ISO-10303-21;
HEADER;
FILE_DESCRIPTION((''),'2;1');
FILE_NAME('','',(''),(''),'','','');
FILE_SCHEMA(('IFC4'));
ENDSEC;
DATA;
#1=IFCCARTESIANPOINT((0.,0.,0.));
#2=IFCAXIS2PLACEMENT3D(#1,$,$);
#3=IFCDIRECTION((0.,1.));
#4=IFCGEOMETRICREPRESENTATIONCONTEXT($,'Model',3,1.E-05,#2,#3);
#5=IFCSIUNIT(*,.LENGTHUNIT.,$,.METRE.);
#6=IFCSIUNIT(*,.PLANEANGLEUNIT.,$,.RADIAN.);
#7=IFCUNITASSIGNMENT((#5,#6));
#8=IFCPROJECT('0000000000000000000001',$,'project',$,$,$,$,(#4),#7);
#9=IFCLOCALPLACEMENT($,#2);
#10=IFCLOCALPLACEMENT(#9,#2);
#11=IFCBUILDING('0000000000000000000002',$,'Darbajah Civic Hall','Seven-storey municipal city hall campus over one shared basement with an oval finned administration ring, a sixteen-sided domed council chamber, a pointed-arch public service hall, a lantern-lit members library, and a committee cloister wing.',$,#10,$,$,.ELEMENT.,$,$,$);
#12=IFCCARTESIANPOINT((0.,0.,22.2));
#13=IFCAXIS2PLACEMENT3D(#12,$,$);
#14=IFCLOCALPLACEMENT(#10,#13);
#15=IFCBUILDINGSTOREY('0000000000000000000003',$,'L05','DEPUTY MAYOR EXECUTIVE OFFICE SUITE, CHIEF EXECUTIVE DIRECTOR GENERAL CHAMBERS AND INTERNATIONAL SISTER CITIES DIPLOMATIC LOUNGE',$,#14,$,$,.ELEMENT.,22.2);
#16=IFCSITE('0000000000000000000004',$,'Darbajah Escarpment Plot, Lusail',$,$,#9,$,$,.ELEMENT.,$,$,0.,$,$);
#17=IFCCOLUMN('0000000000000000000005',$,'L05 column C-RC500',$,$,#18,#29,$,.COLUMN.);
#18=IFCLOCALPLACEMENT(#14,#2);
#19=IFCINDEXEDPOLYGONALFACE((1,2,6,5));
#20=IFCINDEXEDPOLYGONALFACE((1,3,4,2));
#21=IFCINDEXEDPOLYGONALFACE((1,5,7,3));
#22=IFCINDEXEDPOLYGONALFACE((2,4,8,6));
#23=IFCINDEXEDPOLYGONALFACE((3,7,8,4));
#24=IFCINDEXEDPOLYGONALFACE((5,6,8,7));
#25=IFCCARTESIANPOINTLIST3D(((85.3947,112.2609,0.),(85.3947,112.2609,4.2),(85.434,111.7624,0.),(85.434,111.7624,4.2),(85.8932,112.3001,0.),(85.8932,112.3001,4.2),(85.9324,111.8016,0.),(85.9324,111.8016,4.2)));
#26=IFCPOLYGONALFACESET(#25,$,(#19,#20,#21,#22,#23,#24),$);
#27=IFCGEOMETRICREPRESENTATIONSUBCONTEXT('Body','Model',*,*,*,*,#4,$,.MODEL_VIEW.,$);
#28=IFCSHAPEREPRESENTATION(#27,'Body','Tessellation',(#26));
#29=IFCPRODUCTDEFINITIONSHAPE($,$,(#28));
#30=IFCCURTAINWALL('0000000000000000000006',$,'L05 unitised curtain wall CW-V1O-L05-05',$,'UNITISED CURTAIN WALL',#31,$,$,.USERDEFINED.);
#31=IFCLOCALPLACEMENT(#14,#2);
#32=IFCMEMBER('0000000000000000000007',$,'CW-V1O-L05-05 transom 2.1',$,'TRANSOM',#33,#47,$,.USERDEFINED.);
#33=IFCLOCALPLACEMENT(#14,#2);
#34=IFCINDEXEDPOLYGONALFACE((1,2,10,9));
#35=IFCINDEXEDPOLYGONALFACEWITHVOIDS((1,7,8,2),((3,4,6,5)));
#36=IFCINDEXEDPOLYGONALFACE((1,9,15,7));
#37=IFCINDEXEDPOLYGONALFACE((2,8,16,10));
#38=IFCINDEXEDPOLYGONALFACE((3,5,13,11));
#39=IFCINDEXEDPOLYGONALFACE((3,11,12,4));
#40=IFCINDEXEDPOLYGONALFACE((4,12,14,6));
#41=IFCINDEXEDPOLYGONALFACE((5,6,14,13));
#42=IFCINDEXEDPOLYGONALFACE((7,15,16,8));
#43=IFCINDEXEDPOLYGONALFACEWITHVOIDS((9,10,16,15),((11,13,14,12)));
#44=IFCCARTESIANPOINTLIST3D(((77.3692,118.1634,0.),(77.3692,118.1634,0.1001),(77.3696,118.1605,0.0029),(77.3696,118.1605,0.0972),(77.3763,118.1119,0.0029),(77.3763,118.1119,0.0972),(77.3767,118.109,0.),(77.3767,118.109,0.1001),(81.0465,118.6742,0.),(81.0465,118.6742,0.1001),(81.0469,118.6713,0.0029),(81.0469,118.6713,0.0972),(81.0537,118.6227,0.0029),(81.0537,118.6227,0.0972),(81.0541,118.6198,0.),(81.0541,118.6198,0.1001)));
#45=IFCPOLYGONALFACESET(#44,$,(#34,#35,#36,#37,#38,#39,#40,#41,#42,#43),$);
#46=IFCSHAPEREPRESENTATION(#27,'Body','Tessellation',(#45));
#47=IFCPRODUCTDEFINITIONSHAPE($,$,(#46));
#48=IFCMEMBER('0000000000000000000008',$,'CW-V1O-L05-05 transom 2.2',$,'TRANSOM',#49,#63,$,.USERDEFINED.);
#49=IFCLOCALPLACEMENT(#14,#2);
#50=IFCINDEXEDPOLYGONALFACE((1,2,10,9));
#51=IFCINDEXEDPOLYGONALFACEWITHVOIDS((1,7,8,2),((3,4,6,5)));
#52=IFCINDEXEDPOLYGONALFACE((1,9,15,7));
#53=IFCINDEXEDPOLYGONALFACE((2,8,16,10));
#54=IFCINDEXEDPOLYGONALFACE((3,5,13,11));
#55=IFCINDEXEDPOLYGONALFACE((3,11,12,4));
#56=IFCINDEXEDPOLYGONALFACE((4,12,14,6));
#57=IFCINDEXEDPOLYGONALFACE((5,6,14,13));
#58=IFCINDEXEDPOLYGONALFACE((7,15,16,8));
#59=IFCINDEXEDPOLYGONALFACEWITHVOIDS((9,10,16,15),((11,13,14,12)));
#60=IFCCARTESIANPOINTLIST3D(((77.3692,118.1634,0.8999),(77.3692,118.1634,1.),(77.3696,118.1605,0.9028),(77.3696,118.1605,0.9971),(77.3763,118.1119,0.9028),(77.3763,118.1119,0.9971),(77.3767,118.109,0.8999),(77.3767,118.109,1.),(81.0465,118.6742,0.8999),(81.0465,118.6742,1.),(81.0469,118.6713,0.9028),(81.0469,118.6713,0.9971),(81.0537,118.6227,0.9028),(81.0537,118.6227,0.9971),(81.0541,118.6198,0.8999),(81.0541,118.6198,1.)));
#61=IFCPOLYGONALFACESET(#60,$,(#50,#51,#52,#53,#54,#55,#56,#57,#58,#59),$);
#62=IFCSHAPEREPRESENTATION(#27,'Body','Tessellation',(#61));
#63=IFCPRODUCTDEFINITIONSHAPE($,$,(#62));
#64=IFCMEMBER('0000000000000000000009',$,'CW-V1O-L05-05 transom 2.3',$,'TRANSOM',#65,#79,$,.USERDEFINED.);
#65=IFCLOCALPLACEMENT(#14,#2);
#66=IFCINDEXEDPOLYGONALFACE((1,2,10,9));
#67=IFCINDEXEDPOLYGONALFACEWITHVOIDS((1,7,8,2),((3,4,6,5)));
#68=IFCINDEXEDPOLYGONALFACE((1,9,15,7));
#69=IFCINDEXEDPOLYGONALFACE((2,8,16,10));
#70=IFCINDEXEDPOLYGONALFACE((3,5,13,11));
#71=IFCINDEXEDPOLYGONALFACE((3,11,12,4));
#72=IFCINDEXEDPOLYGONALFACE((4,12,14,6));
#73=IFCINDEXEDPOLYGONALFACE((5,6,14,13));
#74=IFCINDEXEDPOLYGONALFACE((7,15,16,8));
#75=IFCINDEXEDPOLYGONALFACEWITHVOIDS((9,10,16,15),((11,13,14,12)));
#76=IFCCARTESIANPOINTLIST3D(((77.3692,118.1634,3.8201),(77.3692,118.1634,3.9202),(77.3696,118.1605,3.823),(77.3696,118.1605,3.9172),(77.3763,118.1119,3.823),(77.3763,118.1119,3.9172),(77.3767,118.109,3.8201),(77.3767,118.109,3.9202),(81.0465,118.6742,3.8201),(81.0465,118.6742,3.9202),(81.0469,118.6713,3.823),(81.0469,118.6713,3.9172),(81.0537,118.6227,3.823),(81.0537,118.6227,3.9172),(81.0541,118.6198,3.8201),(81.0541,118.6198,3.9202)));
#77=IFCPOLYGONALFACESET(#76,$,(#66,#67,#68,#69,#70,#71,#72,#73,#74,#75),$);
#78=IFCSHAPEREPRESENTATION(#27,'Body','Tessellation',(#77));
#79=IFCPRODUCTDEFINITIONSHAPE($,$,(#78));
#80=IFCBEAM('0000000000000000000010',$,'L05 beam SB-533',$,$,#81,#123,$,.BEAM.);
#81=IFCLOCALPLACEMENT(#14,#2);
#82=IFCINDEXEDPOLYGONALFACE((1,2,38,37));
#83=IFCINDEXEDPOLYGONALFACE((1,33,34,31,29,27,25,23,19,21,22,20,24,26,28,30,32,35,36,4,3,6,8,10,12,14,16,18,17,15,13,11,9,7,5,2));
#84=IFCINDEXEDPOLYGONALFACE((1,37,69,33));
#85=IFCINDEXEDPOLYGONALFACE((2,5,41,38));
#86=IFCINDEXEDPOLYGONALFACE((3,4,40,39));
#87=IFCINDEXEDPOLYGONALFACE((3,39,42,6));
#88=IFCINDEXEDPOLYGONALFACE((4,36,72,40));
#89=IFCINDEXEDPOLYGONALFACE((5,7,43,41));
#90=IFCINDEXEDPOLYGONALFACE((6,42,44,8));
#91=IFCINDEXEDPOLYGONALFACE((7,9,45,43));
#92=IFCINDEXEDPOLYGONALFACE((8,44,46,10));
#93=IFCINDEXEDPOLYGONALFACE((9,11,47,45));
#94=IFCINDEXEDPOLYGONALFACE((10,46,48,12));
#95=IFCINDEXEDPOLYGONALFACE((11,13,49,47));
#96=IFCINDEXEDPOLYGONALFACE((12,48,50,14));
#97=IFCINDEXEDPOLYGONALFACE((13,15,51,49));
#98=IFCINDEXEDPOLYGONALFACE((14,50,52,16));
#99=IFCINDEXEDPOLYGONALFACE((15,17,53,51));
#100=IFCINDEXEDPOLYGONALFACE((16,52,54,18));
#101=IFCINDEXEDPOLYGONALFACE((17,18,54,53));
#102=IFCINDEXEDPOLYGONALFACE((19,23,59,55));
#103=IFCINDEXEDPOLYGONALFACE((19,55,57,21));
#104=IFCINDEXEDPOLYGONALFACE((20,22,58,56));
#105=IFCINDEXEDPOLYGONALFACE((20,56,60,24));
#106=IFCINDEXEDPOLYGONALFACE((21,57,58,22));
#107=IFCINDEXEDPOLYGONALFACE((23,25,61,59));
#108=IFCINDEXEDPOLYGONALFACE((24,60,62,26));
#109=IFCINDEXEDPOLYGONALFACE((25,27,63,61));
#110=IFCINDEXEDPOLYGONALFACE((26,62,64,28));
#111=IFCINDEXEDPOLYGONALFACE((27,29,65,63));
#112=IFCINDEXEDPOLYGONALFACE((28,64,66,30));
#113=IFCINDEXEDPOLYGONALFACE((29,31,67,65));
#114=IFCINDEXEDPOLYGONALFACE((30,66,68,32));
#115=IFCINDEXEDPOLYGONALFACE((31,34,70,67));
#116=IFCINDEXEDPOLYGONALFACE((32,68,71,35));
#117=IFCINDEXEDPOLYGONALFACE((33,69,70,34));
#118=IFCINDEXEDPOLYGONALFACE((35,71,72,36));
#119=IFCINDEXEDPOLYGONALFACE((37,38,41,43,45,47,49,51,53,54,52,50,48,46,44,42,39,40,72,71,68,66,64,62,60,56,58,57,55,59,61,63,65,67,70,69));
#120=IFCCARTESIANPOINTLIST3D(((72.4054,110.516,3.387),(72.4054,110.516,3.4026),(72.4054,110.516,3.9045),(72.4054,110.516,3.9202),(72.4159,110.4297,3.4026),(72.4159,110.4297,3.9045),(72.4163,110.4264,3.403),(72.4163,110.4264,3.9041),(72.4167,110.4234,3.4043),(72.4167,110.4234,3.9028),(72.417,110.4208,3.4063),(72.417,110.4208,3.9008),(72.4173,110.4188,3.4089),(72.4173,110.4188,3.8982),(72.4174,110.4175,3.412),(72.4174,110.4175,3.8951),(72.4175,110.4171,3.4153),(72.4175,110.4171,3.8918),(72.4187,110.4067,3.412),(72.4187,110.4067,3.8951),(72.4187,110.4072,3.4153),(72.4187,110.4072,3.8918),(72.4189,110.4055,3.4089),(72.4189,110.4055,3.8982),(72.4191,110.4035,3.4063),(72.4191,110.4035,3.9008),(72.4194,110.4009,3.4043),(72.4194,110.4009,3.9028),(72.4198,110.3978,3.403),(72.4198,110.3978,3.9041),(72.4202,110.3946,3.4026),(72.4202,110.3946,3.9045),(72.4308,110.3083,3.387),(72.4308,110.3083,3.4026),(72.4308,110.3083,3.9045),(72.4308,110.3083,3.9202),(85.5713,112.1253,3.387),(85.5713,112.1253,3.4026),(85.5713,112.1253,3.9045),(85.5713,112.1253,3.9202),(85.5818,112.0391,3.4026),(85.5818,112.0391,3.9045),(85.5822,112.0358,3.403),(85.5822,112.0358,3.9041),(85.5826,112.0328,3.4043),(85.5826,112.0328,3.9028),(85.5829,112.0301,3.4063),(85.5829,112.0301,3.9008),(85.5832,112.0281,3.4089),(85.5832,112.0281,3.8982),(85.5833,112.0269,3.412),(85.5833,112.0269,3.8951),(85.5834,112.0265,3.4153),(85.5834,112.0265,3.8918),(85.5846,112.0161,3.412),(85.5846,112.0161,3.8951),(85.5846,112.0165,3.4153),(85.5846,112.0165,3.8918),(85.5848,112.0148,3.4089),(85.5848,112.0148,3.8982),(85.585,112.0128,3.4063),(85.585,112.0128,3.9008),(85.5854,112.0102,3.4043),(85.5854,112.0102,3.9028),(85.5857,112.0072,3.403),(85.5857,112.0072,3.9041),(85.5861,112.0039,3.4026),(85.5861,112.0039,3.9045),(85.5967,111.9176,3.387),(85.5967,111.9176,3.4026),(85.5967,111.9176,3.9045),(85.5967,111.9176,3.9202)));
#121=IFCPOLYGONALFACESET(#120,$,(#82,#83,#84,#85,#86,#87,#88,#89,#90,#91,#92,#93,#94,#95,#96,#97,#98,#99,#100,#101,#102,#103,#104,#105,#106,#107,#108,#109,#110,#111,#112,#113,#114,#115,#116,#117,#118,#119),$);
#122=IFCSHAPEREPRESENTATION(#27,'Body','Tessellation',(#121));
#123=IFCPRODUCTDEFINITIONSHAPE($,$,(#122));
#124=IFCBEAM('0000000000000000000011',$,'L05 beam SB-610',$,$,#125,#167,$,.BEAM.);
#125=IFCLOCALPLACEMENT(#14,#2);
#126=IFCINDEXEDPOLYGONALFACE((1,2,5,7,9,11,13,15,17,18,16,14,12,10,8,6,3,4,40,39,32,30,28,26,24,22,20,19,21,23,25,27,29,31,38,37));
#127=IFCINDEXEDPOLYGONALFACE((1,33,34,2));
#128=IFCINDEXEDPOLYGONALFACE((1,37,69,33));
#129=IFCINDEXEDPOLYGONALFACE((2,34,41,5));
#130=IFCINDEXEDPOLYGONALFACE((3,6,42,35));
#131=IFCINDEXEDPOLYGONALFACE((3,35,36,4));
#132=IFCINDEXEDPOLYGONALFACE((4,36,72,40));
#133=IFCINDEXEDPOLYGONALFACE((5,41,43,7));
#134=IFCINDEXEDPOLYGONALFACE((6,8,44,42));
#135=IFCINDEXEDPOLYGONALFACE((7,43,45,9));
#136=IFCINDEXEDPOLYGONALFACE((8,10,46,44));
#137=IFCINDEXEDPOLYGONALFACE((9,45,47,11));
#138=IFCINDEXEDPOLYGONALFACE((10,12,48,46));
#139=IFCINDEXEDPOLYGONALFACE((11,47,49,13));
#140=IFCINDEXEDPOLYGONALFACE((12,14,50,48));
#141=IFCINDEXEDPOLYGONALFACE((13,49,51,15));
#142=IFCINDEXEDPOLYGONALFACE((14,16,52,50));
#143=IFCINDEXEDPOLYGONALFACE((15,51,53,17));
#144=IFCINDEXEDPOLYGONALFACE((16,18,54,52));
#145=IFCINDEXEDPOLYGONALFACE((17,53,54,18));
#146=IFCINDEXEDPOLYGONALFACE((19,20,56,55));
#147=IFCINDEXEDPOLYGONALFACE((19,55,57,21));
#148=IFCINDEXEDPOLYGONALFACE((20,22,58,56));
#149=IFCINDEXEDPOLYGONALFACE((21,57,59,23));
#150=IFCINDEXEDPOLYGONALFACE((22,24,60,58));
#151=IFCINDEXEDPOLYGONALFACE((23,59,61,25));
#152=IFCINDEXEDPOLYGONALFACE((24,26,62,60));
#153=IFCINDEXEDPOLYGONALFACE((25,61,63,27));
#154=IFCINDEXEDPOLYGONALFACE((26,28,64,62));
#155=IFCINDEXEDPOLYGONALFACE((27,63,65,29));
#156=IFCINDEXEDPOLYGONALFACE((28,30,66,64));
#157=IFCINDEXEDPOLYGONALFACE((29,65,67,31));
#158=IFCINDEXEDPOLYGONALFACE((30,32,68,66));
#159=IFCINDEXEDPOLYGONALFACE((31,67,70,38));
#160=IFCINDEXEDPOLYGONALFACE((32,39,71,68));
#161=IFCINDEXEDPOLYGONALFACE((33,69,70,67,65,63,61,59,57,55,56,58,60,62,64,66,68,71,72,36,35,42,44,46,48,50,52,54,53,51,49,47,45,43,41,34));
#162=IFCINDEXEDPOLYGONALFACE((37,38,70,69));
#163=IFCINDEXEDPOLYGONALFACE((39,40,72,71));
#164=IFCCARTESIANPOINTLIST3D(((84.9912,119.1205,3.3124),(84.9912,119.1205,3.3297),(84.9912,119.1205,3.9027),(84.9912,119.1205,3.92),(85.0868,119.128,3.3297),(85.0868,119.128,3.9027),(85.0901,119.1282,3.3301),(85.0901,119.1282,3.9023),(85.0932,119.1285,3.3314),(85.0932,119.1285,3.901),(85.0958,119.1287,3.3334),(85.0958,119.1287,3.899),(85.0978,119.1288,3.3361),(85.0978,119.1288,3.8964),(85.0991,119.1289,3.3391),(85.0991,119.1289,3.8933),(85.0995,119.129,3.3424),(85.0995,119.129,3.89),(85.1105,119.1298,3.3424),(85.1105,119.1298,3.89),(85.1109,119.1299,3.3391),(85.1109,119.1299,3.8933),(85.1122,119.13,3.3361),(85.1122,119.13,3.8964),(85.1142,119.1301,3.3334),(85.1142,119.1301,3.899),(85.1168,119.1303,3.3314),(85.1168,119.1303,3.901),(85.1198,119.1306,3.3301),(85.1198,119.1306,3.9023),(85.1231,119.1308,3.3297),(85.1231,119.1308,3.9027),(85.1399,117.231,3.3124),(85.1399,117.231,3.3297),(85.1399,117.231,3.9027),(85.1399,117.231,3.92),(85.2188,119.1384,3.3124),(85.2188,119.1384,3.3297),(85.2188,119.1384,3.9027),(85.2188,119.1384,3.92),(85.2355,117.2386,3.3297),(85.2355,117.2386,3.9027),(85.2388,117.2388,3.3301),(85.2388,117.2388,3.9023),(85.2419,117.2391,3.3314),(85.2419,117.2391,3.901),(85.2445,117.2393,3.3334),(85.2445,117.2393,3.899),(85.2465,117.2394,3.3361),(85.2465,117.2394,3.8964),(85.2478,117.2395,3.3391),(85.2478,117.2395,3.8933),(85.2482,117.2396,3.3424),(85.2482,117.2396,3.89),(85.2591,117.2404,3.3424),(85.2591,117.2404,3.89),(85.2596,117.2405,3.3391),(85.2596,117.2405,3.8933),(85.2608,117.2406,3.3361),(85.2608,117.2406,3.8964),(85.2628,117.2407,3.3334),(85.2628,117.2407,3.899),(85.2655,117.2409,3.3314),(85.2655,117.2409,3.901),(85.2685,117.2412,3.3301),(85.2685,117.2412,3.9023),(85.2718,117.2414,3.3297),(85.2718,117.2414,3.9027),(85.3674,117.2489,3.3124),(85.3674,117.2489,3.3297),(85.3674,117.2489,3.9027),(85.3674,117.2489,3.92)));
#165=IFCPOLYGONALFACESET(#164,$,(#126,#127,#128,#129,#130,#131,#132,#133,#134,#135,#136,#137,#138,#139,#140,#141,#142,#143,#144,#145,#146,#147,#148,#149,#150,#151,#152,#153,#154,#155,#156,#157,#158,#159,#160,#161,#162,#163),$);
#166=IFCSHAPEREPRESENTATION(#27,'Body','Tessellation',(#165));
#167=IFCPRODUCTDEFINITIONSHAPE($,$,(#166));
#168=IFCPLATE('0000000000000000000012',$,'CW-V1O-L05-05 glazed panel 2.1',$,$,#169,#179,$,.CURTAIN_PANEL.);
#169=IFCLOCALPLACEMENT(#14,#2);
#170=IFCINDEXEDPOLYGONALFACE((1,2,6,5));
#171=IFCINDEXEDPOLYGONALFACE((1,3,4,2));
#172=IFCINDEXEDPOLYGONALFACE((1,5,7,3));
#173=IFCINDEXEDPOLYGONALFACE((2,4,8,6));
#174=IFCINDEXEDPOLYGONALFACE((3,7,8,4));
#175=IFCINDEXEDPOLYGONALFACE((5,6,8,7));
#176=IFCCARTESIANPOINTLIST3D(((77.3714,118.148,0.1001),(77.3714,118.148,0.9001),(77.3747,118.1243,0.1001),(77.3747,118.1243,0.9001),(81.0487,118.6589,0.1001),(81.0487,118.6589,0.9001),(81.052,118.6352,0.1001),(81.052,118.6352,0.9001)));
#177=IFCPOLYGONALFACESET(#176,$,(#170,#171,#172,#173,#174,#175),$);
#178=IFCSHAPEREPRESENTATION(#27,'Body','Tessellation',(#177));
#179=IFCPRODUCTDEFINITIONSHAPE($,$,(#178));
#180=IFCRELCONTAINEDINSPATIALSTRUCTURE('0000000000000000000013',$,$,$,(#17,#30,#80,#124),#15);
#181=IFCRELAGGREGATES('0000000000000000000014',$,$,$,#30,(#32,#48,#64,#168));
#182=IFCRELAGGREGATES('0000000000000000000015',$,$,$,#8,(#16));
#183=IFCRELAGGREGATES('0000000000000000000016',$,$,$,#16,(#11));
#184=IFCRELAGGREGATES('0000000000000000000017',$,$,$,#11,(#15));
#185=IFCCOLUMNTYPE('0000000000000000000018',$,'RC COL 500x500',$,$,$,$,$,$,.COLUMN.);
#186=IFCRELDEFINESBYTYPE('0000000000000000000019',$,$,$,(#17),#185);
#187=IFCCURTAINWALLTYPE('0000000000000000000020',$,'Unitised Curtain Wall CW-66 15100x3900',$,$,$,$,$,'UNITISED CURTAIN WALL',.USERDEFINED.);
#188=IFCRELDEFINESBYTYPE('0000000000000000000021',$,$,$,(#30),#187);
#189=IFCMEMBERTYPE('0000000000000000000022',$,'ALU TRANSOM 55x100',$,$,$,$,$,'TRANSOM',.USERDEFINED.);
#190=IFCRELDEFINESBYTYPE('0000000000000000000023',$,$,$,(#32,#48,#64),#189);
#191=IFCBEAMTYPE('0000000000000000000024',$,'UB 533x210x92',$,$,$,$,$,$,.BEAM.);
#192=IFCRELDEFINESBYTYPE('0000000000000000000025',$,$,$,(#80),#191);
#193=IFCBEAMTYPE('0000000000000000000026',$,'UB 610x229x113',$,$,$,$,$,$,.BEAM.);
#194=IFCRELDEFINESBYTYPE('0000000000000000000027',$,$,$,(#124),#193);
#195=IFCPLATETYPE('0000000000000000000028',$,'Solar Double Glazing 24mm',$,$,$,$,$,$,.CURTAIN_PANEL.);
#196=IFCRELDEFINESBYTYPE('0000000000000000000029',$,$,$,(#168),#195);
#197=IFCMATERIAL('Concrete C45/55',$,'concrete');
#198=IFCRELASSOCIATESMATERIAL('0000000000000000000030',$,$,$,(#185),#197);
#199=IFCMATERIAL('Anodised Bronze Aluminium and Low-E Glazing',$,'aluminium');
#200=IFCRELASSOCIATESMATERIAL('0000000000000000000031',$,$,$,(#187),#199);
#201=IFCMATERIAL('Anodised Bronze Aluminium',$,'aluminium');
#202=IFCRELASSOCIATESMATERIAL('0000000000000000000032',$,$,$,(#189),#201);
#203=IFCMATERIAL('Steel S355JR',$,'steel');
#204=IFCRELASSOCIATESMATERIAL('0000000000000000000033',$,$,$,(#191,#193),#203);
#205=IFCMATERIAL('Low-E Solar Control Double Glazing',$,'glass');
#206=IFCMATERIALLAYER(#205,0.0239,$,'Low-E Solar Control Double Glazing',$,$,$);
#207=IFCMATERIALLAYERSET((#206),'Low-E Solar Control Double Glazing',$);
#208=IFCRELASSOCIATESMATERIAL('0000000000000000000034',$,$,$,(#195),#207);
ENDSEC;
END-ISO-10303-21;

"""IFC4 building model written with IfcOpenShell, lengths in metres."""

from ifc_helpers import new_model, si_unit, direction, frame, origin, origin_2d, place, context, subcontext, project, spatial, rectangle, hollow_rectangle, i_section, extrude, material, layer, layer_set, material_profile, profile_set, type_object, element, aggregate, save


model = new_model("IFC4")

# Units and contexts
model_context = context("Model", 3, precision=1e-05, world=origin(), true_north=direction((0.0, 1.0)))
body_context = subcontext(model_context, "Body", "Model", "MODEL_VIEW")
ifc_project = project(units=[si_unit("LENGTHUNIT", "METRE"), si_unit("PLANEANGLEUNIT", "RADIAN")], contexts=[model_context])

# Site, building, storey
site_placement = place(None, origin())
site = spatial("IfcSite", under=ifc_project, at=site_placement, Name="Darbajah Escarpment Plot, Lusail", CompositionType="ELEMENT", RefElevation=0.0)
building_placement = place(site_placement, origin())
building = spatial("IfcBuilding", under=site, at=building_placement, Name="Darbajah Civic Hall", Description="Seven-storey municipal city hall campus over one shared basement with an oval finned administration ring, a sixteen-sided domed council chamber, a pointed-arch public service hall, a lantern-lit members library, and a committee cloister wing.", CompositionType="ELEMENT")
storey_placement = place(building_placement, frame((0.0, 0.0, 22.2)))
storey = spatial("IfcBuildingStorey", under=building, at=storey_placement, Name="L05", Description="DEPUTY MAYOR EXECUTIVE OFFICE SUITE, CHIEF EXECUTIVE DIRECTOR GENERAL CHAMBERS AND INTERNATIONAL SISTER CITIES DIPLOMATIC LOUNGE", CompositionType="ELEMENT", Elevation=22.2)

# Column
ifc_material_1 = material(Name="Concrete C45/55", Category="concrete")
ifc_material_profile_1 = material_profile(ifc_material_1, rectangle(XDim=0.5, YDim=0.5, at=origin_2d()), Name="RC COL 500x500")
ifc_profile_set_1 = profile_set([ifc_material_profile_1], Name="Concrete C45/55")
column_type = type_object("IfcColumnType", Name="RC COL 500x500", PredefinedType="COLUMN", material=ifc_profile_set_1)
column_placement = place(storey_placement, frame((85.6636, 112.0312, 0.0), z_axis=(0.0, 0.0, 1.0), x_axis=(-0.078459, 0.996917, 0.0)))
element("IfcColumn", 1, at=column_placement, inside=storey, type_object=column_type, Name="L05 column C-RC500", PredefinedType="COLUMN", context=body_context, shape_type="SweptSolid", body=[
    extrude(rectangle(XDim=0.5, YDim=0.5, at=origin_2d()), origin(), (0.0, 0.0, 1.0), 4.2),
])

# Curtain wall, members
ifc_material_2 = material(Name="Anodised Bronze Aluminium and Low-E Glazing", Category="aluminium")
curtain_wall_type = type_object("IfcCurtainWallType", Name="Unitised Curtain Wall CW-66 15100x3900", ElementType="UNITISED CURTAIN WALL", PredefinedType="USERDEFINED", material=ifc_material_2)
curtain_wall_placement = place(storey_placement, origin())
curtain_wall = element("IfcCurtainWall", 2, at=curtain_wall_placement, inside=storey, type_object=curtain_wall_type, Name="L05 unitised curtain wall CW-V1O-L05-05", ObjectType="UNITISED CURTAIN WALL", PredefinedType="USERDEFINED")
ifc_material_3 = material(Name="Anodised Bronze Aluminium", Category="aluminium")
ifc_material_profile_2 = material_profile(ifc_material_3, hollow_rectangle(XDim=0.0549, YDim=0.1001, WallThickness=0.0029, at=origin_2d()), Name="ALU TRANSOM 55x100")
ifc_profile_set_2 = profile_set([ifc_material_profile_2], Name="Anodised Bronze Aluminium")
member_type = type_object("IfcMemberType", Name="ALU TRANSOM 55x100", ElementType="TRANSOM", PredefinedType="USERDEFINED", material=ifc_profile_set_2)
member_1_placement = place(storey_placement, frame((81.0503, 118.647, 0.05), z_axis=(-0.990492, -0.137572, 0.0), x_axis=(0.137572, -0.990492, 0.0)))
member_1 = element("IfcMember", 3, at=member_1_placement, type_object=member_type, Name="CW-V1O-L05-05 transom 2.1", ObjectType="TRANSOM", PredefinedType="USERDEFINED", context=body_context, shape_type="SweptSolid", body=[
    extrude(hollow_rectangle(XDim=0.0549, YDim=0.1001, WallThickness=0.0029, at=origin_2d()), origin(), (0.0, 0.0, 1.0), 3.7126),
])
member_2_placement = place(storey_placement, frame((81.0503, 118.647, 0.95), z_axis=(-0.990492, -0.137572, 0.0), x_axis=(0.137572, -0.990492, 0.0)))
member_2 = element("IfcMember", 4, at=member_2_placement, type_object=member_type, Name="CW-V1O-L05-05 transom 2.2", ObjectType="TRANSOM", PredefinedType="USERDEFINED", context=body_context, shape_type="SweptSolid", body=[
    extrude(hollow_rectangle(XDim=0.0549, YDim=0.1001, WallThickness=0.0029, at=origin_2d()), origin(), (0.0, 0.0, 1.0), 3.7126),
])
member_3_placement = place(storey_placement, frame((81.0503, 118.647, 3.8701), z_axis=(-0.990492, -0.137572, 0.0), x_axis=(0.137572, -0.990492, 0.0)))
member_3 = element("IfcMember", 5, at=member_3_placement, type_object=member_type, Name="CW-V1O-L05-05 transom 2.3", ObjectType="TRANSOM", PredefinedType="USERDEFINED", context=body_context, shape_type="SweptSolid", body=[
    extrude(hollow_rectangle(XDim=0.0549, YDim=0.1001, WallThickness=0.0029, at=origin_2d()), origin(), (0.0, 0.0, 1.0), 3.7126),
])

# Beams
ifc_material_4 = material(Name="Steel S355JR", Category="steel")
ifc_material_profile_3 = material_profile(ifc_material_4, i_section(OverallWidth=0.2092, OverallDepth=0.5332, WebThickness=0.01, FlangeThickness=0.0156, FilletRadius=0.0127, at=origin_2d()), Name="UB 533x210x92")
ifc_profile_set_3 = profile_set([ifc_material_profile_3], Name="Steel S355JR")
beam_type_1 = type_object("IfcBeamType", Name="UB 533x210x92", PredefinedType="BEAM", material=ifc_profile_set_3)
beam_1_placement = place(storey_placement, frame((85.584, 112.0215, 3.6536), z_axis=(-0.992612, -0.121334, 0.0), x_axis=(0.121334, -0.992612, 0.0)))
element("IfcBeam", 6, at=beam_1_placement, inside=storey, type_object=beam_type_1, Name="L05 beam SB-533", PredefinedType="BEAM", context=body_context, shape_type="SweptSolid", body=[
    extrude(i_section(OverallWidth=0.2092, OverallDepth=0.5332, WebThickness=0.01, FlangeThickness=0.0156, FilletRadius=0.0127, at=origin_2d()), origin(), (0.0, 0.0, 1.0), 13.2639),
])
ifc_material_profile_4 = material_profile(ifc_material_4, i_section(OverallWidth=0.2283, OverallDepth=0.6077, WebThickness=0.011, FlangeThickness=0.0173, FilletRadius=0.0127, at=origin_2d()), Name="UB 610x229x113")
ifc_profile_set_4 = profile_set([ifc_material_profile_4], Name="Steel S355JR")
beam_type_2 = type_object("IfcBeamType", Name="UB 610x229x113", PredefinedType="BEAM", material=ifc_profile_set_4)
beam_2_placement = place(storey_placement, frame((85.2537, 117.24, 3.6162), z_axis=(-0.07845, 0.996918, 0.0), x_axis=(-0.996918, -0.07845, 0.0)))
element("IfcBeam", 7, at=beam_2_placement, inside=storey, type_object=beam_type_2, Name="L05 beam SB-610", PredefinedType="BEAM", context=body_context, shape_type="SweptSolid", body=[
    extrude(i_section(OverallWidth=0.2283, OverallDepth=0.6077, WebThickness=0.011, FlangeThickness=0.0173, FilletRadius=0.0127, at=origin_2d()), origin(), (0.0, 0.0, 1.0), 1.8953),
])

# Plate
ifc_material_5 = material(Name="Low-E Solar Control Double Glazing", Category="glass")
ifc_layer_1 = layer(ifc_material_5, 0.0239, Name="Low-E Solar Control Double Glazing")
ifc_layer_set_1 = layer_set([ifc_layer_1], Name="Low-E Solar Control Double Glazing")
plate_type = type_object("IfcPlateType", Name="Solar Double Glazing 24mm", PredefinedType="CURTAIN_PANEL", material=ifc_layer_set_1)
plate_1_placement = place(storey_placement, frame((79.2117, 118.3916, 0.1001), z_axis=(0.0, 0.0, 1.0), x_axis=(-0.990485, -0.137617, 0.0)))
plate_1 = element("IfcPlate", 8, at=plate_1_placement, type_object=plate_type, Name="CW-V1O-L05-05 glazed panel 2.1", PredefinedType="CURTAIN_PANEL", context=body_context, shape_type="SweptSolid", body=[
    extrude(rectangle(XDim=3.7126, YDim=0.0239, at=origin_2d()), origin(), (0.0, 0.0, 1.0), 0.8),
])
aggregate(curtain_wall, [member_1, member_2, member_3, plate_1])

save(model, "model.ifc")
